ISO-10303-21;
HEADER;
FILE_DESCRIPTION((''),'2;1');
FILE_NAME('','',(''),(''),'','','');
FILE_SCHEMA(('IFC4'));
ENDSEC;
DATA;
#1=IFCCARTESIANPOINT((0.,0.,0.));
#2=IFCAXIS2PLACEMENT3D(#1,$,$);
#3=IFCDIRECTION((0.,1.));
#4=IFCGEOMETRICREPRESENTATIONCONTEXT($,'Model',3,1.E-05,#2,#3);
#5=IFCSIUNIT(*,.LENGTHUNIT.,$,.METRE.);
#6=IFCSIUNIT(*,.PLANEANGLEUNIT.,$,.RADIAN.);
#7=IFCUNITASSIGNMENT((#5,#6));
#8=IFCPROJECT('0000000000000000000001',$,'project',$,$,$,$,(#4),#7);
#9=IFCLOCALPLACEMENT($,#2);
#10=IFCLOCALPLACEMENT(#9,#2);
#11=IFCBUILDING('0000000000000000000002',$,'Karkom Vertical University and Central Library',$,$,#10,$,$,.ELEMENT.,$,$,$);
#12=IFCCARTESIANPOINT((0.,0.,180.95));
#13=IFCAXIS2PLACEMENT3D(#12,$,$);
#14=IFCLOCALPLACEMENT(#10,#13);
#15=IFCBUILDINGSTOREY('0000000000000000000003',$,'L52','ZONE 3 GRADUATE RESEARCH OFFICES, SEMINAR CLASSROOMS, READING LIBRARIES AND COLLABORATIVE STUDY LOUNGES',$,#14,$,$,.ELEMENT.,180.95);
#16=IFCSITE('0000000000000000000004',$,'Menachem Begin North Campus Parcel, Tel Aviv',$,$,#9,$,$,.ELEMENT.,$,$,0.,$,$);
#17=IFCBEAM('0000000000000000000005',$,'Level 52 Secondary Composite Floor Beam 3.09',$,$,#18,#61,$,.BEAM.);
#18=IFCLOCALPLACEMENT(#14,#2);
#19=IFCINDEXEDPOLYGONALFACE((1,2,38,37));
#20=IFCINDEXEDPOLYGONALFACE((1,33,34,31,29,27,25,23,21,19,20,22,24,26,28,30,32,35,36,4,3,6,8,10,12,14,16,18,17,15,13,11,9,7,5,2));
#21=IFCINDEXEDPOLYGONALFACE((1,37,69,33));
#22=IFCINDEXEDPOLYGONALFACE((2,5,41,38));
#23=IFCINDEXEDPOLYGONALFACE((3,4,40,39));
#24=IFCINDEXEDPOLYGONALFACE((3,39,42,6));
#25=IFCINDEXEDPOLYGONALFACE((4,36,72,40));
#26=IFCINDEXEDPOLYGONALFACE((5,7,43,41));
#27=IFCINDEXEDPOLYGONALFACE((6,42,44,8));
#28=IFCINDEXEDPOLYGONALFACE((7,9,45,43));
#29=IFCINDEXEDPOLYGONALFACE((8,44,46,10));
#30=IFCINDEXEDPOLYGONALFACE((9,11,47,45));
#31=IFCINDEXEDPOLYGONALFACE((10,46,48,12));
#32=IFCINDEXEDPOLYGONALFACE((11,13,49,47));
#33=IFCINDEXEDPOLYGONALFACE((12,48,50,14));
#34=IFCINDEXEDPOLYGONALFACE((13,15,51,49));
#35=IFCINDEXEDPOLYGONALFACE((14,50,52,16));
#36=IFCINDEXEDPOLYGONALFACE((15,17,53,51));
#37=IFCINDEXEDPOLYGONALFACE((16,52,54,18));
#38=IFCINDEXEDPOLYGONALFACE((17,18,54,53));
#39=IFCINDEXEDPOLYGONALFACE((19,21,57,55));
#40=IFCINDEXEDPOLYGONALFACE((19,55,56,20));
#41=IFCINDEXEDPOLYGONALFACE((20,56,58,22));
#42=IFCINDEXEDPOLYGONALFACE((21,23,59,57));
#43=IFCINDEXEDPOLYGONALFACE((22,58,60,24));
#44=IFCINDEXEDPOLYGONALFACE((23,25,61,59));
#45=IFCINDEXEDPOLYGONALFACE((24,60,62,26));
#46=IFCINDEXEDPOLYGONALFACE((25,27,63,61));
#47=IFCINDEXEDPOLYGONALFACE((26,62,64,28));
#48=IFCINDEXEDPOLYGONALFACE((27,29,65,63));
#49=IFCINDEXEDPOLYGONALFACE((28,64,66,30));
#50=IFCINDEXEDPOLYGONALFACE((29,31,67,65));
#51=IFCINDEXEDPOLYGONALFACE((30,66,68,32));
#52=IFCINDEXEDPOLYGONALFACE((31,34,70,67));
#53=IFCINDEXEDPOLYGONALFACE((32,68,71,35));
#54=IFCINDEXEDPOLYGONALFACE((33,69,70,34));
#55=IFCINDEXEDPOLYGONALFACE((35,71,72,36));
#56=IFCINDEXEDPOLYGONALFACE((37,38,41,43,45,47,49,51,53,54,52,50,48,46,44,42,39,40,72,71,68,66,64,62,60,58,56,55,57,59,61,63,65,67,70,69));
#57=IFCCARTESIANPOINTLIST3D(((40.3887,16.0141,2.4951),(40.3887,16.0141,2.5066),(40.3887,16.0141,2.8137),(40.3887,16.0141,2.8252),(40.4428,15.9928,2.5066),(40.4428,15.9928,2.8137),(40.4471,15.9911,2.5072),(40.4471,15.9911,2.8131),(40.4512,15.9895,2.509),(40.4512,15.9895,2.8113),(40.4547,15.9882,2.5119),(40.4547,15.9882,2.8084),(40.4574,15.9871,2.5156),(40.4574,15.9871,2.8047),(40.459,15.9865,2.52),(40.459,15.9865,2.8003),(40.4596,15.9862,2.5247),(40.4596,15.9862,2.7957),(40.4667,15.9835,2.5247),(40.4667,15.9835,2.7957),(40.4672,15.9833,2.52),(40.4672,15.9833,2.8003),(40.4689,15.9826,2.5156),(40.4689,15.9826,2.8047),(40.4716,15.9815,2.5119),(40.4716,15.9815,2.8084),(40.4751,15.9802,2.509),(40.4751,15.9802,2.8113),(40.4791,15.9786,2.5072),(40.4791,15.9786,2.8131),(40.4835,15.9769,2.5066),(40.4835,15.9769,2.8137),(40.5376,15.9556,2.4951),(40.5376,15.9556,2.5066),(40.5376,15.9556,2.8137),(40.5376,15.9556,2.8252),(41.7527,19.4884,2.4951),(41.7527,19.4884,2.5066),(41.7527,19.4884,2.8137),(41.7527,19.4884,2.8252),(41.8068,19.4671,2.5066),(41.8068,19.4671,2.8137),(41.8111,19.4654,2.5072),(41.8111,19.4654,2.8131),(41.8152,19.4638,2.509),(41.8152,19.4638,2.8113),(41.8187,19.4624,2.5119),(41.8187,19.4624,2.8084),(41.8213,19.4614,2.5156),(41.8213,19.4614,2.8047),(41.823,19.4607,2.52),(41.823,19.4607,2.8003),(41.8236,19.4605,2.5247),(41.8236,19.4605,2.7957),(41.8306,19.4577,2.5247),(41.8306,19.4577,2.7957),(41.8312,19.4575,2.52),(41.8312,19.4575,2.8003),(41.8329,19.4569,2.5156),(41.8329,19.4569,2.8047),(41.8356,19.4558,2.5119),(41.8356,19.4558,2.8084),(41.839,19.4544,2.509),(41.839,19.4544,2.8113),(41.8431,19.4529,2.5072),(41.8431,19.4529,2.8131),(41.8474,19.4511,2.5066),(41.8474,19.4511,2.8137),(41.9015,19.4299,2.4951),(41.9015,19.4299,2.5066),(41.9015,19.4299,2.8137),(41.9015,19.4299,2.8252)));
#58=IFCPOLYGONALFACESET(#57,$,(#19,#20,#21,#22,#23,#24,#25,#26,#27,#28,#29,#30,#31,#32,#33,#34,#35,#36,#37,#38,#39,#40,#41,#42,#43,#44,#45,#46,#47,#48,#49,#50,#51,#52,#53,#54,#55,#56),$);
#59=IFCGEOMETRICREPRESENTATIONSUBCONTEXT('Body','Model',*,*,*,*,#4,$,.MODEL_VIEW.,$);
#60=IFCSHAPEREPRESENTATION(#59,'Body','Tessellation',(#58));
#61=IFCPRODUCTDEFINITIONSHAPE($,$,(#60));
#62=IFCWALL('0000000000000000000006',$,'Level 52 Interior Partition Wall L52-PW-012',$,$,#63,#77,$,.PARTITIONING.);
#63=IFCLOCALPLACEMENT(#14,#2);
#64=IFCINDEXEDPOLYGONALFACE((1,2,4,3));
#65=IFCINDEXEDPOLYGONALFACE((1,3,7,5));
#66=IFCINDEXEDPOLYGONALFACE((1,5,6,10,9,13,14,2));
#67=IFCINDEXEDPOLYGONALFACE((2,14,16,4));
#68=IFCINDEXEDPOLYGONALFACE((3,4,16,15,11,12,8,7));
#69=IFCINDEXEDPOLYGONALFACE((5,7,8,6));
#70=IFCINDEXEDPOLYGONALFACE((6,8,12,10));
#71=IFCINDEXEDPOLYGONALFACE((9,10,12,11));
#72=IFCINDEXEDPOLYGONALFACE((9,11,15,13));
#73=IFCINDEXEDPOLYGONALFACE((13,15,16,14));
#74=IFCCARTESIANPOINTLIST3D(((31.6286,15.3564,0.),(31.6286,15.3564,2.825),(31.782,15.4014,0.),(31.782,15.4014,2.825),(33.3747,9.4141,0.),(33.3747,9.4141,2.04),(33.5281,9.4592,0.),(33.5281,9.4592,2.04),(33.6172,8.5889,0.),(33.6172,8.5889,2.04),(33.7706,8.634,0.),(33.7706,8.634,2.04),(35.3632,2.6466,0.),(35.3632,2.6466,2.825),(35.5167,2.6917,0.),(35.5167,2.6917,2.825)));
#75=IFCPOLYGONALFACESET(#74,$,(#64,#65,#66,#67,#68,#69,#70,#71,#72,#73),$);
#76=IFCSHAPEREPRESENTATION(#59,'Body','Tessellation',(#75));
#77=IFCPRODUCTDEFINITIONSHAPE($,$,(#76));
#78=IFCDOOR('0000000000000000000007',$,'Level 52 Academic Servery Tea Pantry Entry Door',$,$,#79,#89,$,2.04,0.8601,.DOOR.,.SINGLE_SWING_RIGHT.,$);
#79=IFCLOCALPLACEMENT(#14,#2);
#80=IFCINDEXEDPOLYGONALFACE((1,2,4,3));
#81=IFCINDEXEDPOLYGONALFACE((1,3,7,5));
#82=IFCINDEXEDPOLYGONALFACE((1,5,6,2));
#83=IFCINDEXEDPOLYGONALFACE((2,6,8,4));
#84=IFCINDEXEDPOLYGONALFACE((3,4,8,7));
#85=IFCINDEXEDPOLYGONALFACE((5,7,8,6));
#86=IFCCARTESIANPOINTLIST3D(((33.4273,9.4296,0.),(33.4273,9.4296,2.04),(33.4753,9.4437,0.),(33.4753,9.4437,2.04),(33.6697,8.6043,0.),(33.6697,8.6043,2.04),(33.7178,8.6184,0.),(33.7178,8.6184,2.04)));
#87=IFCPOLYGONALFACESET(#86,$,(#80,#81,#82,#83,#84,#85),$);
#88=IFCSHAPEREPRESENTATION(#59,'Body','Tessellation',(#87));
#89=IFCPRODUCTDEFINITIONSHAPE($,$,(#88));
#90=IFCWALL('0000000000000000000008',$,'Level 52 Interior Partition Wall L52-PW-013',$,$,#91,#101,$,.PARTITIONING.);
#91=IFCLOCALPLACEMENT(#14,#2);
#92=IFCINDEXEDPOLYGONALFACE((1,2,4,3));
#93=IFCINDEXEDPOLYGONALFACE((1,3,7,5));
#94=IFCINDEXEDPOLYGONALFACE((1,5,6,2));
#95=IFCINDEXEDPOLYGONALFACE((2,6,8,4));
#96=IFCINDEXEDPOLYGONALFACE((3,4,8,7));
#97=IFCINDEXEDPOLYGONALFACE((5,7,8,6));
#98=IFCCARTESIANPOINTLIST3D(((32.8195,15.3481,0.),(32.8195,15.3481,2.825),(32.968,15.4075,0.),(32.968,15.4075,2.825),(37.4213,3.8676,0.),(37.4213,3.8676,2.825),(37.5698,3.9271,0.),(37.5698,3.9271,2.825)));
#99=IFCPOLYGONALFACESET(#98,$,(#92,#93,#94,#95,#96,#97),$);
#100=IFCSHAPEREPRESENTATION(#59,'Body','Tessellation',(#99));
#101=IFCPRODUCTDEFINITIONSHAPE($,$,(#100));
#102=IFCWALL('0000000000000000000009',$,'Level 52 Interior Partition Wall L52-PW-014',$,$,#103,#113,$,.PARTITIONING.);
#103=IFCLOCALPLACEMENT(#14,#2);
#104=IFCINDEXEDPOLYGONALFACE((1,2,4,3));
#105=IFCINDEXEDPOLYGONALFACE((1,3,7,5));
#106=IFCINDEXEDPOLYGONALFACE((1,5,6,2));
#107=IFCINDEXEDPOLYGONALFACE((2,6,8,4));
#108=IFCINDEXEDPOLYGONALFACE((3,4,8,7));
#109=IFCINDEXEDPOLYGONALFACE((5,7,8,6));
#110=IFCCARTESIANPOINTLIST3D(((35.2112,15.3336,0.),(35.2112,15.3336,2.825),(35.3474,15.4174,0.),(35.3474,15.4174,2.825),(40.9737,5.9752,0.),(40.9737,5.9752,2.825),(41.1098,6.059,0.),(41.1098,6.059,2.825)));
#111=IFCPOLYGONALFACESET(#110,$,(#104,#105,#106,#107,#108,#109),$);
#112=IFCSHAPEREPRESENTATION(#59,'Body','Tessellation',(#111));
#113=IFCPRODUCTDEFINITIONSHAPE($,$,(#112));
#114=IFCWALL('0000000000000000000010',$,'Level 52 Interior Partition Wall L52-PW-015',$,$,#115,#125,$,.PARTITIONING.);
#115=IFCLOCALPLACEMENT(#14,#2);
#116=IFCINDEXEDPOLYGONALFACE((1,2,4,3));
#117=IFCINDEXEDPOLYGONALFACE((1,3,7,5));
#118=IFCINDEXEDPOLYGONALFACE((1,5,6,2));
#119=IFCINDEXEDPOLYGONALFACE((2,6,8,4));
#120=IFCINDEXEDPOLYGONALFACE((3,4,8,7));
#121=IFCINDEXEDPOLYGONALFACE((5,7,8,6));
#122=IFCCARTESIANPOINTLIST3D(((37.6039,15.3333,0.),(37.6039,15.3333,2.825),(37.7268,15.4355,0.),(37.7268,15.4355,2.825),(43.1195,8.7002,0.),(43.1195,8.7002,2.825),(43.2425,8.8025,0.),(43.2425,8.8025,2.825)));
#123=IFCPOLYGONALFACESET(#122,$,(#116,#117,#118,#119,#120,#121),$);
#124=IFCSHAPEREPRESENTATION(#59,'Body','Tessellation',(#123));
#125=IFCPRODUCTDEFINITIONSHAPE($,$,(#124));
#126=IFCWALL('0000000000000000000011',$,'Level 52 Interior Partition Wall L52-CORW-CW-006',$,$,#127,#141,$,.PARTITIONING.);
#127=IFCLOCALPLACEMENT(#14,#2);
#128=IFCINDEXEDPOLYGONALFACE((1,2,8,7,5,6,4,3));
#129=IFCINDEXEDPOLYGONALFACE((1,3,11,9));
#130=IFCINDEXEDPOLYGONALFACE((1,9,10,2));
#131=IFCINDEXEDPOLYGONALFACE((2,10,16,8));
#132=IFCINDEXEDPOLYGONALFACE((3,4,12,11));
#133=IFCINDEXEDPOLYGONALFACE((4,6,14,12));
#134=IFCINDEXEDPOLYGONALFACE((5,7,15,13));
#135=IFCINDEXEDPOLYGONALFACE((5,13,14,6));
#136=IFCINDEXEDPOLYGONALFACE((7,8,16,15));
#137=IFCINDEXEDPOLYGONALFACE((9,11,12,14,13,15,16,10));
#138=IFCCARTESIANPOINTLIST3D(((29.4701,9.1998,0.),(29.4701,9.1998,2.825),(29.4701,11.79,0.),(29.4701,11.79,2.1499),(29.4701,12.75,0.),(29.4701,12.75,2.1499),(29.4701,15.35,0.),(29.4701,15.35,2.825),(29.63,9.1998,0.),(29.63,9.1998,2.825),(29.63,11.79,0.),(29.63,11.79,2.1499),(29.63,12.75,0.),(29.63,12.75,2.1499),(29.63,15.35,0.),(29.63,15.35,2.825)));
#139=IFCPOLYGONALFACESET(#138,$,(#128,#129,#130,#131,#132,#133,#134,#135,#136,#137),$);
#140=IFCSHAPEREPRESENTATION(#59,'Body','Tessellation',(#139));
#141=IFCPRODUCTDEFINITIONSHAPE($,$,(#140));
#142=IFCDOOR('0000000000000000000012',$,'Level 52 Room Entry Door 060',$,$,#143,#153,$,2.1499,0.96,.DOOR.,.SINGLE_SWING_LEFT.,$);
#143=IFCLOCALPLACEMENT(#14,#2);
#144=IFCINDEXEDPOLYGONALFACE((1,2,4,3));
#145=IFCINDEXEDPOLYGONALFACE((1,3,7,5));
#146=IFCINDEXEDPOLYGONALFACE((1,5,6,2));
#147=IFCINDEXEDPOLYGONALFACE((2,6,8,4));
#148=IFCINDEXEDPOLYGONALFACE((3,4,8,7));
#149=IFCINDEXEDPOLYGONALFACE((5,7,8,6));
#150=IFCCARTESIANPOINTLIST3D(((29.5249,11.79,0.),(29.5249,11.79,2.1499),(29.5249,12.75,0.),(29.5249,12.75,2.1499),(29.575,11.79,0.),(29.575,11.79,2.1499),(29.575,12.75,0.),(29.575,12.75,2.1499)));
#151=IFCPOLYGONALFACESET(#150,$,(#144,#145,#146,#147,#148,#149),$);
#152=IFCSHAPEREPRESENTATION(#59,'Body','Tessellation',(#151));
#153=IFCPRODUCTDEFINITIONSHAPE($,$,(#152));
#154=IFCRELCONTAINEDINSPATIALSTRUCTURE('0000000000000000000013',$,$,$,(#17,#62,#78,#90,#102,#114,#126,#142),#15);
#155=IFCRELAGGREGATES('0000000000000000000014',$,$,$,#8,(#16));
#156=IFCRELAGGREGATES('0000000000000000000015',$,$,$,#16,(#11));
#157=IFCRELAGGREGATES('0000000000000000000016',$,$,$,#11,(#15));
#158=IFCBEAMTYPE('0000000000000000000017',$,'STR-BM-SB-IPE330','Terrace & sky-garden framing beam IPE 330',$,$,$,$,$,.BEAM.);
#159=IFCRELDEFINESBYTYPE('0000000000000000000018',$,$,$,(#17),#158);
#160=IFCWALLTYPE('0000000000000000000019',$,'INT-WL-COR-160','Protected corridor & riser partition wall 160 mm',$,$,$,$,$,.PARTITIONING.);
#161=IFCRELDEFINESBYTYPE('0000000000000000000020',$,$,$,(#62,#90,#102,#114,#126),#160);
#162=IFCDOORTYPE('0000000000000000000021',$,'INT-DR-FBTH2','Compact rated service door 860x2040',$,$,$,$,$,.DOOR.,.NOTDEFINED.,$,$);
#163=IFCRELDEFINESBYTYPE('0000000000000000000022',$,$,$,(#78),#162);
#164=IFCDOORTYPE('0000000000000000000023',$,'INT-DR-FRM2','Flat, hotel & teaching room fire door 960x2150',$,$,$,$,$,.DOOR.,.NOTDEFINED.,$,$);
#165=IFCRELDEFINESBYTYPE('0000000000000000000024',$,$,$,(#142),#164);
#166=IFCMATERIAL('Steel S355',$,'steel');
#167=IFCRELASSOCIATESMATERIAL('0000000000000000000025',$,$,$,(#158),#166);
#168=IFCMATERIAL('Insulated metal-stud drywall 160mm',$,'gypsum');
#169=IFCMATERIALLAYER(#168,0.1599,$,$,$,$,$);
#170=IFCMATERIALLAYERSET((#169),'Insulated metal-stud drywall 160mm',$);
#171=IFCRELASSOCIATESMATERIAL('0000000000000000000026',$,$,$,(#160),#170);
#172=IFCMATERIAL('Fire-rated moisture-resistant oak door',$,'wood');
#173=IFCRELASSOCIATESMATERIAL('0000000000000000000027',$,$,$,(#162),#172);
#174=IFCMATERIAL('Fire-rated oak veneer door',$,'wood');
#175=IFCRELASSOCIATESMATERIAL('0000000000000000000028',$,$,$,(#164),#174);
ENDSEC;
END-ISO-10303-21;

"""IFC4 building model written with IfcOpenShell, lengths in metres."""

from ifc_helpers import new_model, si_unit, direction, frame, frame_2d, origin, origin_with_axes, origin_2d, place, context, subcontext, project, spatial, rectangle, i_section, extrude, source, transform, mapped, material, layer, layer_set, material_profile, profile_set, type_object, element, fill, save


model = new_model("IFC4")

# Units and contexts
model_context = context("Model", 3, precision=1e-05, world=origin(), true_north=direction((0.0, 1.0)))
body_context = subcontext(model_context, "Body", "Model", "MODEL_VIEW")
ifc_project = project(units=[si_unit("LENGTHUNIT", "METRE"), si_unit("PLANEANGLEUNIT", "RADIAN")], contexts=[model_context])

# Site, building, storey
site_placement = place(None, origin())
site = spatial("IfcSite", under=ifc_project, at=site_placement, Name="Menachem Begin North Campus Parcel, Tel Aviv", CompositionType="ELEMENT", RefElevation=0.0)
building_placement = place(site_placement, origin())
building = spatial("IfcBuilding", under=site, at=building_placement, Name="Karkom Vertical University and Central Library", CompositionType="ELEMENT")
storey_placement = place(building_placement, frame((0.0, 0.0, 180.95)))
storey = spatial("IfcBuildingStorey", under=building, at=storey_placement, Name="L52", Description="ZONE 3 GRADUATE RESEARCH OFFICES, SEMINAR CLASSROOMS, READING LIBRARIES AND COLLABORATIVE STUDY LOUNGES", CompositionType="ELEMENT", Elevation=180.95)

# Beam
ifc_material_1 = material(Name="Steel S355", Category="steel")
ifc_material_profile_1 = material_profile(ifc_material_1, i_section(OverallWidth=0.1599, OverallDepth=0.3301, WebThickness=0.0076, FlangeThickness=0.0115, FilletRadius=0.0181, at=origin_2d()), Name="IPE 330")
ifc_profile_set_1 = profile_set([ifc_material_profile_1], Name="Steel S355")
beam_type_1 = type_object("IfcBeamType", Name="STR-BM-SB-IPE330", Description="Terrace & sky-garden framing beam IPE 330", PredefinedType="BEAM", material=ifc_profile_set_1)
shared_shape_1 = source(origin_with_axes(), body_context, "Body", "SweptSolid", [
    extrude(i_section(OverallWidth=0.1599, OverallDepth=0.3301, WebThickness=0.0076, FlangeThickness=0.0115, FilletRadius=0.0181, at=origin_2d()), origin(), (0.0, 0.0, 1.0), 3.7324),
])
beam_1_placement = place(storey_placement, frame((40.4631, 15.9849, 2.6602), z_axis=(0.36544, 0.930835, 0.0), x_axis=(-0.930835, 0.36544, 0.0)))
element("IfcBeam", 1, at=beam_1_placement, inside=storey, type_object=beam_type_1, Name="Level 52 Secondary Composite Floor Beam 3.09", PredefinedType="BEAM", context=body_context, shape_type="MappedRepresentation", body=[
    mapped(shared_shape_1, transform((0.0, 0.0, 0.0), scale=1.0)),
])

# Wall, opening, door
ifc_material_2 = material(Name="Insulated metal-stud drywall 160mm", Category="gypsum")
ifc_layer = layer(ifc_material_2, 0.1599)
ifc_layer_set = layer_set([ifc_layer], Name="Insulated metal-stud drywall 160mm")
wall_type = type_object("IfcWallType", Name="INT-WL-COR-160", Description="Protected corridor & riser partition wall 160 mm", PredefinedType="PARTITIONING", material=ifc_layer_set)
wall_1_placement = place(storey_placement, frame((31.7053, 15.3789, 0.0), z_axis=(0.0, 0.0, 1.0), x_axis=(0.281921, -0.959438, 0.0)))
wall_1 = element("IfcWall", 2, at=wall_1_placement, inside=storey, type_object=wall_type, Name="Level 52 Interior Partition Wall L52-PW-012", PredefinedType="PARTITIONING", context=body_context, shape_type="SweptSolid", body=[
    extrude(rectangle(XDim=13.2471, YDim=0.1599, at=frame_2d((6.6235, 0.0))), origin(), (0.0, 0.0, 1.0), 2.825),
])
opening_1_placement = place(wall_1_placement, frame((6.1934, 0.0, 0.0)))
opening_1 = element("IfcOpeningElement", 3, at=opening_1_placement, cuts=wall_1, PredefinedType="OPENING", context=body_context, shape_type="SweptSolid", body=[
    extrude(rectangle(XDim=0.8601, YDim=2.04, at=frame_2d((0.4302, 1.02))), frame((0.0, 0.0898, 0.0), z_axis=(0.0, -1.0, 0.0), x_axis=(1.0, 0.0, 0.0)), (0.0, 0.0, 1.0), 0.1799),
])
ifc_material_3 = material(Name="Fire-rated moisture-resistant oak door", Category="wood")
door_type_1 = type_object("IfcDoorType", Name="INT-DR-FBTH2", Description="Compact rated service door 860x2040", OperationType="NOTDEFINED", PredefinedType="DOOR", material=ifc_material_3)
shared_shape_2 = source(origin_with_axes(), body_context, "Body", "SweptSolid", [
    extrude(rectangle(XDim=0.8601, YDim=2.04, at=frame_2d((0.4302, 1.02))), frame((0.0, 0.0249, 0.0), z_axis=(0.0, -1.0, 0.0), x_axis=(1.0, 0.0, 0.0)), (0.0, 0.0, 1.0), 0.05),
])
door_1_placement = place(opening_1_placement, origin())
door_1 = element("IfcDoor", 4, at=door_1_placement, inside=storey, type_object=door_type_1, Name="Level 52 Academic Servery Tea Pantry Entry Door", OperationType="SINGLE_SWING_RIGHT", OverallHeight=2.04, OverallWidth=0.8601, PredefinedType="DOOR", context=body_context, shape_type="MappedRepresentation", body=[
    mapped(shared_shape_2, transform((0.0, 0.0, 0.0), scale=1.0)),
])
fill(opening_1, door_1)

# Walls
wall_2_placement = place(storey_placement, frame((32.8938, 15.3777, 0.0), z_axis=(0.0, 0.0, 1.0), x_axis=(0.372061, -0.928208, 0.0)))
element("IfcWall", 5, at=wall_2_placement, inside=storey, type_object=wall_type, Name="Level 52 Interior Partition Wall L52-PW-013", PredefinedType="PARTITIONING", context=body_context, shape_type="SweptSolid", body=[
    extrude(rectangle(XDim=12.3684, YDim=0.1599, at=frame_2d((6.1841, 0.0))), origin(), (0.0, 0.0, 1.0), 2.825),
])
wall_3_placement = place(storey_placement, frame((35.2793, 15.3755, 0.0), z_axis=(0.0, 0.0, 1.0), x_axis=(0.524324, -0.851519, 0.0)))
element("IfcWall", 6, at=wall_3_placement, inside=storey, type_object=wall_type, Name="Level 52 Interior Partition Wall L52-PW-014", PredefinedType="PARTITIONING", context=body_context, shape_type="SweptSolid", body=[
    extrude(rectangle(XDim=10.9902, YDim=0.1599, at=frame_2d((5.4951, 0.0))), origin(), (0.0, 0.0, 1.0), 2.825),
])

# Shared definitions
ifc_material_4 = material(Name="Fire-rated oak veneer door", Category="wood")
door_type_2 = type_object("IfcDoorType", Name="INT-DR-FRM2", Description="Flat, hotel & teaching room fire door 960x2150", OperationType="NOTDEFINED", PredefinedType="DOOR", material=ifc_material_4)
shared_shape_3 = source(origin_with_axes(), body_context, "Body", "SweptSolid", [
    extrude(rectangle(XDim=0.96, YDim=2.1499, at=frame_2d((0.48, 1.075))), frame((0.0, 0.0249, 0.0), z_axis=(0.0, -1.0, 0.0), x_axis=(1.0, 0.0, 0.0)), (0.0, 0.0, 1.0), 0.05),
])

# Wall
wall_4_placement = place(storey_placement, frame((37.6653, 15.3845, 0.0), z_axis=(0.0, 0.0, 1.0), x_axis=(0.639368, -0.768901, 0.0)))
element("IfcWall", 7, at=wall_4_placement, inside=storey, type_object=wall_type, Name="Level 52 Interior Partition Wall L52-PW-015", PredefinedType="PARTITIONING", context=body_context, shape_type="SweptSolid", body=[
    extrude(rectangle(XDim=8.6267, YDim=0.1599, at=frame_2d((4.3135, 0.0))), origin(), (0.0, 0.0, 1.0), 2.825),
])

# Wall, opening, door
wall_5_placement = place(storey_placement, frame((29.55, 15.3501, 0.0), z_axis=(0.0, 0.0, 1.0), x_axis=(0.0, -1.0, 0.0)))
wall_5 = element("IfcWall", 8, at=wall_5_placement, inside=storey, type_object=wall_type, Name="Level 52 Interior Partition Wall L52-CORW-CW-006", PredefinedType="PARTITIONING", context=body_context, shape_type="SweptSolid", body=[
    extrude(rectangle(XDim=6.1501, YDim=0.1599, at=frame_2d((3.0752, 0.0))), origin(), (0.0, 0.0, 1.0), 2.825),
])
opening_2_placement = place(wall_5_placement, frame((2.6001, 0.0, 0.0)))
opening_2 = element("IfcOpeningElement", 9, at=opening_2_placement, cuts=wall_5, PredefinedType="OPENING", context=body_context, shape_type="SweptSolid", body=[
    extrude(rectangle(XDim=0.96, YDim=2.1499, at=frame_2d((0.48, 1.075))), frame((0.0, 0.0898, 0.0), z_axis=(0.0, -1.0, 0.0), x_axis=(1.0, 0.0, 0.0)), (0.0, 0.0, 1.0), 0.1799),
])
door_2_placement = place(opening_2_placement, origin())
door_2 = element("IfcDoor", 10, at=door_2_placement, inside=storey, type_object=door_type_2, Name="Level 52 Room Entry Door 060", OperationType="SINGLE_SWING_LEFT", OverallHeight=2.1499, OverallWidth=0.96, PredefinedType="DOOR", context=body_context, shape_type="MappedRepresentation", body=[
    mapped(shared_shape_3, transform((0.0, 0.0, 0.0), scale=1.0)),
])
fill(opening_2, door_2)

save(model, "model.ifc")
